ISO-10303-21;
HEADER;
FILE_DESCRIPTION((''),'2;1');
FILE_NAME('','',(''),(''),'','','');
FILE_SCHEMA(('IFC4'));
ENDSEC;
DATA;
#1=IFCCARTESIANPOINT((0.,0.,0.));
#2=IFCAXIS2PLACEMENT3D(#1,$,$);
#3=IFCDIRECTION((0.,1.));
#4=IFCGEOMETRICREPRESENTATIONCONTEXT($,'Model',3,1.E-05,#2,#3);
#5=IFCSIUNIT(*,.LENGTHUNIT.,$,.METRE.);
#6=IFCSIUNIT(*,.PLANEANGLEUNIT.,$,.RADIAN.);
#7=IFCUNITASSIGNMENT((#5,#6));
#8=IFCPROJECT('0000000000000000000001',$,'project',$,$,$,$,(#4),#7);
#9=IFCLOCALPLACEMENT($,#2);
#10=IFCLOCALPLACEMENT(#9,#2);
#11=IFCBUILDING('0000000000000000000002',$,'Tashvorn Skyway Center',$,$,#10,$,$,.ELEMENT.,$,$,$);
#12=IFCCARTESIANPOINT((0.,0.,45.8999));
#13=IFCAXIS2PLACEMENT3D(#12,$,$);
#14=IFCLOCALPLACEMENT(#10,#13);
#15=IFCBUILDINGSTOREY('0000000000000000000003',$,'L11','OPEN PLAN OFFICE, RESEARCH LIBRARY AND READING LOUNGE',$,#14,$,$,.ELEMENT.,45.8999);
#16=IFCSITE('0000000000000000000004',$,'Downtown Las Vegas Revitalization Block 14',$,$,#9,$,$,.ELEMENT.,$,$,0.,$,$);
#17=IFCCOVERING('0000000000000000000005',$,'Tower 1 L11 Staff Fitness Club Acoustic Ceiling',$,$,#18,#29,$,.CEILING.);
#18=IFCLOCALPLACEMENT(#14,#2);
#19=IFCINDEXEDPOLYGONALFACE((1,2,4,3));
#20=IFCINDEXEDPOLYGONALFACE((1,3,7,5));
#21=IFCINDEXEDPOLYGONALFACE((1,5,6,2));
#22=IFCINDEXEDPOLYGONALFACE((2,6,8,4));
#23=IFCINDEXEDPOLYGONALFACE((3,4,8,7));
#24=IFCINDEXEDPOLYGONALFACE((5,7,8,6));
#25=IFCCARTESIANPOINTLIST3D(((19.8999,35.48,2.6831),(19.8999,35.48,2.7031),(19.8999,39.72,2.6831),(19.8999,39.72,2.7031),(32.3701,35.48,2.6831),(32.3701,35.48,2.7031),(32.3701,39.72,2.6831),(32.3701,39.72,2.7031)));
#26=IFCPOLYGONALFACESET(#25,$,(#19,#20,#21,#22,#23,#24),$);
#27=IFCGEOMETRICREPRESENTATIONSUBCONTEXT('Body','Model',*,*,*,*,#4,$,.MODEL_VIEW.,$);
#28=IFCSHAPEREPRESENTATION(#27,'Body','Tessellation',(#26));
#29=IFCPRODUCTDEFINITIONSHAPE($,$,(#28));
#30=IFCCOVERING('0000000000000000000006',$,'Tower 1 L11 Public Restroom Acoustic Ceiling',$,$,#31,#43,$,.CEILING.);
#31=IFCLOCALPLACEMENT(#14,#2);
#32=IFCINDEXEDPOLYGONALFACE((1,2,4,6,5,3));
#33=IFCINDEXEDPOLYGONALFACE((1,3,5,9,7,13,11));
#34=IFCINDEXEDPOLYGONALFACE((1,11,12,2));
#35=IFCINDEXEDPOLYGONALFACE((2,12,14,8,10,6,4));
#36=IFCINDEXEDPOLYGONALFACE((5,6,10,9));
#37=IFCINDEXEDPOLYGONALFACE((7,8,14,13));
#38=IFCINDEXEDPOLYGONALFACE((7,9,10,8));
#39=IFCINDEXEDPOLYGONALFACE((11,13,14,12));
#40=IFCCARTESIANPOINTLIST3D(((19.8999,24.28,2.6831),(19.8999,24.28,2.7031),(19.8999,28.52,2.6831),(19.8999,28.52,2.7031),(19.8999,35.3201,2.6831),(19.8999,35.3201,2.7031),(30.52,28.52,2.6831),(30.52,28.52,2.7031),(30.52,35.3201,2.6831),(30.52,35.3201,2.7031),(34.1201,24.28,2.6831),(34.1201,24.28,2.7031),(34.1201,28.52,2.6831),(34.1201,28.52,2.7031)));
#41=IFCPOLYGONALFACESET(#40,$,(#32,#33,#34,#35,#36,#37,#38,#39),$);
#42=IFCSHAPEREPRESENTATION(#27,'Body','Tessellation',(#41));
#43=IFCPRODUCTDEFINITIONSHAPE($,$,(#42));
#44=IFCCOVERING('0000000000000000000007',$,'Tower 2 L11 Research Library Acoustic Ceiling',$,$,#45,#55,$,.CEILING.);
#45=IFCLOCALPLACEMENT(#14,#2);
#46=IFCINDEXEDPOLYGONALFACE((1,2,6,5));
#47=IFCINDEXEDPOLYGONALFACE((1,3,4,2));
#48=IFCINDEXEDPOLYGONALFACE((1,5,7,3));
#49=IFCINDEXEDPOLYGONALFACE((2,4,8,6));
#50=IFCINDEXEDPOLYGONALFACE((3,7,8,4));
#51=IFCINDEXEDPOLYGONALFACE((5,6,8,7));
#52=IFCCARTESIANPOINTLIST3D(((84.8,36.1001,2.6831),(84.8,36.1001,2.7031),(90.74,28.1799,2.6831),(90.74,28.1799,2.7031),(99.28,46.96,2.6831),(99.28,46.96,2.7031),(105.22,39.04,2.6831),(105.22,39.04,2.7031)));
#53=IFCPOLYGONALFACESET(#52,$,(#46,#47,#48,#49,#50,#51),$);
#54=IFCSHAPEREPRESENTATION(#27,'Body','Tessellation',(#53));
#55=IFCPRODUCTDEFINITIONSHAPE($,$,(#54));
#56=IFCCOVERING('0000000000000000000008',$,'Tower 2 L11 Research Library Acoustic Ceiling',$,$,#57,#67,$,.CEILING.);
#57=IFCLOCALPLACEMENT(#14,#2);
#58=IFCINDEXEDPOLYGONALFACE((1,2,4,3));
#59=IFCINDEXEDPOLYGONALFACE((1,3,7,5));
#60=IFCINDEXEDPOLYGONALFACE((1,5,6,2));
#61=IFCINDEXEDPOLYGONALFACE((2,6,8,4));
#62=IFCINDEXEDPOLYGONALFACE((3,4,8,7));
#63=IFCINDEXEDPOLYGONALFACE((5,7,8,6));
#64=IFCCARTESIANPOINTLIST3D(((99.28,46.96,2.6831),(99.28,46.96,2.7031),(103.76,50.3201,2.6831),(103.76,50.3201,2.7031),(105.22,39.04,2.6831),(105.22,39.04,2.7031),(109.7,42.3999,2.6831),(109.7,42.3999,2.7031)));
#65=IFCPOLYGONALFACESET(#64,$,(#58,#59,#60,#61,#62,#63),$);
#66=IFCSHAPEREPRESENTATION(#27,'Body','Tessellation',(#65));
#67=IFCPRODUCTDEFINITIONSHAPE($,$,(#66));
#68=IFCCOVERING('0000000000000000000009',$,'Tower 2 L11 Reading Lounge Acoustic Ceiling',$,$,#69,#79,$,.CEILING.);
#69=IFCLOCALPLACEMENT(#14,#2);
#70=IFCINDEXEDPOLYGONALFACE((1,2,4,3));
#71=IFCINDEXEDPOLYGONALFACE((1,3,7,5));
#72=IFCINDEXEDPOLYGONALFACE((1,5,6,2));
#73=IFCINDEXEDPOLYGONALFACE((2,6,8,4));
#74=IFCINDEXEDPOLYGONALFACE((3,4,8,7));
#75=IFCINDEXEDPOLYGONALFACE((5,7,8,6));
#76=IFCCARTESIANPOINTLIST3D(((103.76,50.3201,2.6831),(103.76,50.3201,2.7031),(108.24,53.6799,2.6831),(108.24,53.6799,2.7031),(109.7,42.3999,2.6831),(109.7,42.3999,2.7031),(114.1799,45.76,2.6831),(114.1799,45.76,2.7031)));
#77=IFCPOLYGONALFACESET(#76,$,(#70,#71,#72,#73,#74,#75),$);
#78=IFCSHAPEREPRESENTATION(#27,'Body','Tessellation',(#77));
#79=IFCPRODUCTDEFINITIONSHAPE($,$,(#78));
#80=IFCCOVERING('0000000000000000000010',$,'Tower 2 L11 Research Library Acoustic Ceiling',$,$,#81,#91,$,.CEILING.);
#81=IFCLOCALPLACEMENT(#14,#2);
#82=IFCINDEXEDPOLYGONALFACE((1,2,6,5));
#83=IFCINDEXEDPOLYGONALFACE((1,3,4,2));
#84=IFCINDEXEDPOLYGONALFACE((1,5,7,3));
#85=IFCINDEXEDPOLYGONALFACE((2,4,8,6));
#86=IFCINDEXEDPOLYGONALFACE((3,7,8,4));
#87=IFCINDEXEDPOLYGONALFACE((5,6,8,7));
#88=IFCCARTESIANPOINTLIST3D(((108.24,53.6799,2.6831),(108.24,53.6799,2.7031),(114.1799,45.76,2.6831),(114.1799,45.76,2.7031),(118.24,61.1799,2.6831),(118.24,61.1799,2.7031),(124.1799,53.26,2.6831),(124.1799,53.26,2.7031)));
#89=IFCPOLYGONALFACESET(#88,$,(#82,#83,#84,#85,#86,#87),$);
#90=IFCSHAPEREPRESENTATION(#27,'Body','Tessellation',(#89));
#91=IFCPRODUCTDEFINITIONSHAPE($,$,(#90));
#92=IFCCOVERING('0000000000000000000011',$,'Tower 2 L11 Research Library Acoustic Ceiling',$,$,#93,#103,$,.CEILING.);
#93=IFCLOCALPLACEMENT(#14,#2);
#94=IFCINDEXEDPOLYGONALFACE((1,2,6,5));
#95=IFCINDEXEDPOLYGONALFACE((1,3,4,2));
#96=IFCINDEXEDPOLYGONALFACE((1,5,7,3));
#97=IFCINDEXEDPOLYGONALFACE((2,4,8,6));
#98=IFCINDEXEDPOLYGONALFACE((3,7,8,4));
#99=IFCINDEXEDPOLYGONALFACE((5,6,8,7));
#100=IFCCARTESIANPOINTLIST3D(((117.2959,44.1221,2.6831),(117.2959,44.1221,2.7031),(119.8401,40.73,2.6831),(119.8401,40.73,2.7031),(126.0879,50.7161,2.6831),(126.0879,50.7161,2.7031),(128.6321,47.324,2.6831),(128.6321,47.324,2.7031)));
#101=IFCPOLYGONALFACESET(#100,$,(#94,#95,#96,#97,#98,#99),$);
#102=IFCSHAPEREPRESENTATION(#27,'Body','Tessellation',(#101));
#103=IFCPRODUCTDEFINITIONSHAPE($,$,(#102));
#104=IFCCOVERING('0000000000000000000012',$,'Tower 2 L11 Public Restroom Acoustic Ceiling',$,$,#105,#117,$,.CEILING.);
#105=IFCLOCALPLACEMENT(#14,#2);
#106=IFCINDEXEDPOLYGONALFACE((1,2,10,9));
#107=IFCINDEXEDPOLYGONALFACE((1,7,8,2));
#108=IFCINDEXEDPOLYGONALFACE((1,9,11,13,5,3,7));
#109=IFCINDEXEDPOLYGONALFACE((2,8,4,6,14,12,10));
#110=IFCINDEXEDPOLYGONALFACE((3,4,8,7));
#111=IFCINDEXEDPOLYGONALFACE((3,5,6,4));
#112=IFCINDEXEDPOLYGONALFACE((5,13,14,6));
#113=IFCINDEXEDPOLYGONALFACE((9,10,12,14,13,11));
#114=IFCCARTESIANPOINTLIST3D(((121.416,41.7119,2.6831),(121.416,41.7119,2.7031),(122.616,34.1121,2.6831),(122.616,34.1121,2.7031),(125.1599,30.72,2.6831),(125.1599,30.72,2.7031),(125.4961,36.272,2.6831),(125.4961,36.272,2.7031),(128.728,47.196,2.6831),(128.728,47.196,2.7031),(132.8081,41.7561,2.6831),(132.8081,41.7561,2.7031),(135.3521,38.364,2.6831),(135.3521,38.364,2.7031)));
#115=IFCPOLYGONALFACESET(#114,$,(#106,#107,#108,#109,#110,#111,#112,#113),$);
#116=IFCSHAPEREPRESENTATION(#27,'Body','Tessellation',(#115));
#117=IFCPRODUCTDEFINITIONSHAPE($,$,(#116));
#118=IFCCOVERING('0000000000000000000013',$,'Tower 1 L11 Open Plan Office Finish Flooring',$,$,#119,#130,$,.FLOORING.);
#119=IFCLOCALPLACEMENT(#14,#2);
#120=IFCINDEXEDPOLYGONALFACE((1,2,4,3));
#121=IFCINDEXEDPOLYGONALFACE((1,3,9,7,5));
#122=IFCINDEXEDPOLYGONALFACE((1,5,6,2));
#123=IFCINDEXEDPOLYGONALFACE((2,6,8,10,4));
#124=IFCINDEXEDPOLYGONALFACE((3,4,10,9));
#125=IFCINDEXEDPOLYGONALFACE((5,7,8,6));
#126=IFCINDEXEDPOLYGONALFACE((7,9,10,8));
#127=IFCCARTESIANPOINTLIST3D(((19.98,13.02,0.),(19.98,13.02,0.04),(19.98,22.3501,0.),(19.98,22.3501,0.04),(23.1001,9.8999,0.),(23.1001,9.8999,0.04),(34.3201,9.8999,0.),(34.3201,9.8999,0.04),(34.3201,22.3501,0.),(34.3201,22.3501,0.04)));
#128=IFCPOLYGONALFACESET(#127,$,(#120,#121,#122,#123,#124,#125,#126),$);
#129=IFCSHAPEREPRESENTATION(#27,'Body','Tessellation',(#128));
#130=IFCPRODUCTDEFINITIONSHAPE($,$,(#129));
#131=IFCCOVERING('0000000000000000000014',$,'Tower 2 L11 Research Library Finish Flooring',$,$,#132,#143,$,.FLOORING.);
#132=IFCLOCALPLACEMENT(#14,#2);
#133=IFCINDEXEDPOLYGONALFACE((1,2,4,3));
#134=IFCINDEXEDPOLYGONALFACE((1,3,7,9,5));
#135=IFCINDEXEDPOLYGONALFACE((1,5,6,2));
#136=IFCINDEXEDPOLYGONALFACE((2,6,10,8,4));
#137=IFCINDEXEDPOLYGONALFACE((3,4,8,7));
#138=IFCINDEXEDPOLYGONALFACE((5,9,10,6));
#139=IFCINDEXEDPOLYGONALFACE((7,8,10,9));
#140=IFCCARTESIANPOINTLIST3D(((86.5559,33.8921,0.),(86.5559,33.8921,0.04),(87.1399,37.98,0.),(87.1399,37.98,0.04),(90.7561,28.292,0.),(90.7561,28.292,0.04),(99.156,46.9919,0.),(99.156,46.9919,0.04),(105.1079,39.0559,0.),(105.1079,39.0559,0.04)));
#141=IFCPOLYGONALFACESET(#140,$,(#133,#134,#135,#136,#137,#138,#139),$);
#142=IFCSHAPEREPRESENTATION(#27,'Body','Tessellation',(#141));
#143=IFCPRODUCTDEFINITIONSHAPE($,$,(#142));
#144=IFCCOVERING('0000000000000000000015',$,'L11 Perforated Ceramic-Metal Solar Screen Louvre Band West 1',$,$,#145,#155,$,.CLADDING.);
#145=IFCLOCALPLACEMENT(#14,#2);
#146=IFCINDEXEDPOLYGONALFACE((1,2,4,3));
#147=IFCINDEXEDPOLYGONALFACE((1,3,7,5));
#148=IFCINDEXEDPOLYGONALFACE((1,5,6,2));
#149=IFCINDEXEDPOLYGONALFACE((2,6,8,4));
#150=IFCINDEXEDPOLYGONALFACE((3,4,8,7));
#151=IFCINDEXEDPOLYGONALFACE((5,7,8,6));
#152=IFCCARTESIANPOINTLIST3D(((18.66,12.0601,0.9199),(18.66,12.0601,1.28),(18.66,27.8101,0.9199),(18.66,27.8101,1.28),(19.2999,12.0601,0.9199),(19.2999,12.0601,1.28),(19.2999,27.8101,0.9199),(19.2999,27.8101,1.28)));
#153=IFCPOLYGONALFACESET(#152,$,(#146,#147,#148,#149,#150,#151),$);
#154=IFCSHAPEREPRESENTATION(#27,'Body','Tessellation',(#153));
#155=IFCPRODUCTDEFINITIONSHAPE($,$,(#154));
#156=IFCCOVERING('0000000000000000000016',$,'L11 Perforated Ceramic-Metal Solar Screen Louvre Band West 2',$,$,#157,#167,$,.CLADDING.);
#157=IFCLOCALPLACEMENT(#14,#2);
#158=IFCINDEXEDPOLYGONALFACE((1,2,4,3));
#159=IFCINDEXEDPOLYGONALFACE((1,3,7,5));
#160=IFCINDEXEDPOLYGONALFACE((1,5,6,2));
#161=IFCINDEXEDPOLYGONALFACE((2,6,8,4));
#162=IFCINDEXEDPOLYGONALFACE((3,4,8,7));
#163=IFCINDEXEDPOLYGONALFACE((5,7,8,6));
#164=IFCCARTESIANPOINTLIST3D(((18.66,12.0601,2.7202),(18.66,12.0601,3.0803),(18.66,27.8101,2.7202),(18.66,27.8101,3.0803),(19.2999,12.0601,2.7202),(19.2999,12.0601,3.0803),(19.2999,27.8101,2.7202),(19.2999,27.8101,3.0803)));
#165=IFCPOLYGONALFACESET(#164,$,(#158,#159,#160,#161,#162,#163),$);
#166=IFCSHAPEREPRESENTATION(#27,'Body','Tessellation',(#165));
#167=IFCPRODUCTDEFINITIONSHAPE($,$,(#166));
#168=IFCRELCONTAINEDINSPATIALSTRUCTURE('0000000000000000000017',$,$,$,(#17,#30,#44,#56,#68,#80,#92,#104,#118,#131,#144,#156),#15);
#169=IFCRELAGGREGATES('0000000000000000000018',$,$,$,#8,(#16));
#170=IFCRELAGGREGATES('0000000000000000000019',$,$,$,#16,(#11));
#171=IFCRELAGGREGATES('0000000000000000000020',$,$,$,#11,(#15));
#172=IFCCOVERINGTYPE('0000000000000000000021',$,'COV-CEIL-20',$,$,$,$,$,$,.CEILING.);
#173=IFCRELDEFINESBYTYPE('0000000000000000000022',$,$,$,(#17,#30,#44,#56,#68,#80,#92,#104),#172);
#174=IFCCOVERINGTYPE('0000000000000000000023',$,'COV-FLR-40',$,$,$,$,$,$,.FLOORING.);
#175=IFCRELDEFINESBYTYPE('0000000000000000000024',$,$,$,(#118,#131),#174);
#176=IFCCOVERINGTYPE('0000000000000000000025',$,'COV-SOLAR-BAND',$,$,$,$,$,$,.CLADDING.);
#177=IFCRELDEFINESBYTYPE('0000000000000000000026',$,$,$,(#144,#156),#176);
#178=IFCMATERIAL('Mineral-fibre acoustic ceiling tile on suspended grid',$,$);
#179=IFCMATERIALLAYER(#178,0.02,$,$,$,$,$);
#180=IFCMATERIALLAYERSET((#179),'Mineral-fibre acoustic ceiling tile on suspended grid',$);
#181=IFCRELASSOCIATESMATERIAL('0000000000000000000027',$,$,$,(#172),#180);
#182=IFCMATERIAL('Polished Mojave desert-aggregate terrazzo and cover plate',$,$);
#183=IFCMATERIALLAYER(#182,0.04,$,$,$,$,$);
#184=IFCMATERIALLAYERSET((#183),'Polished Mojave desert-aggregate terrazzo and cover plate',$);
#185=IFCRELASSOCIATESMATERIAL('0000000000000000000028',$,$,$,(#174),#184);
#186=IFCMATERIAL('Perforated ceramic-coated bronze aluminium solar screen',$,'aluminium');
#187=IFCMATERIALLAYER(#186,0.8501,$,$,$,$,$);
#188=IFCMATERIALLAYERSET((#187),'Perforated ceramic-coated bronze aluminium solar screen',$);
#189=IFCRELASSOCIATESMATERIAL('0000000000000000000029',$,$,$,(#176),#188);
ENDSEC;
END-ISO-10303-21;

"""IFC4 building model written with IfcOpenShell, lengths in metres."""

from ifc_helpers import new_model, si_unit, direction, frame, origin, origin_2d, place, context, subcontext, project, spatial, polyline, rectangle, outline, extrude, material, layer, layer_set, type_object, element, save


model = new_model("IFC4")

# Units and contexts
model_context = context("Model", 3, precision=1e-05, world=origin(), true_north=direction((0.0, 1.0)))
body_context = subcontext(model_context, "Body", "Model", "MODEL_VIEW")
ifc_project = project(units=[si_unit("LENGTHUNIT", "METRE"), si_unit("PLANEANGLEUNIT", "RADIAN")], contexts=[model_context])

# Site, building, storey
site_placement = place(None, origin())
site = spatial("IfcSite", under=ifc_project, at=site_placement, Name="Downtown Las Vegas Revitalization Block 14", CompositionType="ELEMENT", RefElevation=0.0)
building_placement = place(site_placement, origin())
building = spatial("IfcBuilding", under=site, at=building_placement, Name="Tashvorn Skyway Center", CompositionType="ELEMENT")
storey_placement = place(building_placement, frame((0.0, 0.0, 45.8999)))
storey = spatial("IfcBuildingStorey", under=building, at=storey_placement, Name="L11", Description="OPEN PLAN OFFICE, RESEARCH LIBRARY AND READING LOUNGE", CompositionType="ELEMENT", Elevation=45.8999)

# Coverings
ifc_material_1 = material(Name="Mineral-fibre acoustic ceiling tile on suspended grid")
ifc_layer_1 = layer(ifc_material_1, 0.02)
ifc_layer_set_1 = layer_set([ifc_layer_1], Name="Mineral-fibre acoustic ceiling tile on suspended grid")
covering_type_1 = type_object("IfcCoveringType", Name="COV-CEIL-20", PredefinedType="CEILING", material=ifc_layer_set_1)
covering_1_placement = place(storey_placement, frame((0.0, 0.0, 2.6831)))
element("IfcCovering", 1, at=covering_1_placement, inside=storey, type_object=covering_type_1, Name="Tower 1 L11 Staff Fitness Club Acoustic Ceiling", PredefinedType="CEILING", context=body_context, shape_type="SweptSolid", body=[
    extrude(outline(polyline([(32.3701, 39.72), (32.3701, 35.48), (19.8999, 35.48), (19.8999, 39.72), (32.3701, 39.72)])), origin(), (0.0, 0.0, 1.0), 0.02),
])
covering_2_placement = place(storey_placement, frame((0.0, 0.0, 2.6831)))
element("IfcCovering", 2, at=covering_2_placement, inside=storey, type_object=covering_type_1, Name="Tower 1 L11 Public Restroom Acoustic Ceiling", PredefinedType="CEILING", context=body_context, shape_type="SweptSolid", body=[
    extrude(outline(polyline([(34.1201, 24.28), (19.8999, 24.28), (19.8999, 28.52), (19.8999, 35.3201), (30.52, 35.3201), (30.52, 28.52), (34.1201, 28.52), (34.1201, 24.28)])), origin(), (0.0, 0.0, 1.0), 0.02),
])
covering_3_placement = place(storey_placement, frame((0.0, 0.0, 2.6831)))
element("IfcCovering", 3, at=covering_3_placement, inside=storey, type_object=covering_type_1, Name="Tower 2 L11 Research Library Acoustic Ceiling", PredefinedType="CEILING", context=body_context, shape_type="SweptSolid", body=[
    extrude(outline(polyline([(90.74, 28.1799), (105.22, 39.04), (99.28, 46.96), (84.8, 36.1001), (90.74, 28.1799)])), origin(), (0.0, 0.0, 1.0), 0.02),
])
covering_4_placement = place(storey_placement, frame((0.0, 0.0, 2.6831)))
element("IfcCovering", 4, at=covering_4_placement, inside=storey, type_object=covering_type_1, Name="Tower 2 L11 Research Library Acoustic Ceiling", PredefinedType="CEILING", context=body_context, shape_type="SweptSolid", body=[
    extrude(outline(polyline([(105.22, 39.04), (109.7, 42.3999), (103.76, 50.3201), (99.28, 46.96), (105.22, 39.04)])), origin(), (0.0, 0.0, 1.0), 0.02),
])
covering_5_placement = place(storey_placement, frame((0.0, 0.0, 2.6831)))
element("IfcCovering", 5, at=covering_5_placement, inside=storey, type_object=covering_type_1, Name="Tower 2 L11 Reading Lounge Acoustic Ceiling", PredefinedType="CEILING", context=body_context, shape_type="SweptSolid", body=[
    extrude(outline(polyline([(109.7, 42.3999), (114.1799, 45.76), (108.24, 53.6799), (103.76, 50.3201), (109.7, 42.3999)])), origin(), (0.0, 0.0, 1.0), 0.02),
])
covering_6_placement = place(storey_placement, frame((0.0, 0.0, 2.6831)))
element("IfcCovering", 6, at=covering_6_placement, inside=storey, type_object=covering_type_1, Name="Tower 2 L11 Research Library Acoustic Ceiling", PredefinedType="CEILING", context=body_context, shape_type="SweptSolid", body=[
    extrude(outline(polyline([(114.1799, 45.76), (124.1799, 53.26), (118.24, 61.1799), (108.24, 53.6799), (114.1799, 45.76)])), origin(), (0.0, 0.0, 1.0), 0.02),
])
covering_7_placement = place(storey_placement, frame((0.0, 0.0, 2.6831)))
element("IfcCovering", 7, at=covering_7_placement, inside=storey, type_object=covering_type_1, Name="Tower 2 L11 Research Library Acoustic Ceiling", PredefinedType="CEILING", context=body_context, shape_type="SweptSolid", body=[
    extrude(outline(polyline([(119.8401, 40.73), (117.2959, 44.1221), (126.0879, 50.7161), (128.6321, 47.324), (119.8401, 40.73)])), origin(), (0.0, 0.0, 1.0), 0.02),
])
covering_8_placement = place(storey_placement, frame((0.0, 0.0, 2.6831)))
element("IfcCovering", 8, at=covering_8_placement, inside=storey, type_object=covering_type_1, Name="Tower 2 L11 Public Restroom Acoustic Ceiling", PredefinedType="CEILING", context=body_context, shape_type="SweptSolid", body=[
    extrude(outline(polyline([(125.1599, 30.72), (122.616, 34.1121), (125.4961, 36.272), (121.416, 41.7119), (128.728, 47.196), (132.8081, 41.7561), (135.3521, 38.364), (125.1599, 30.72)])), origin(), (0.0, 0.0, 1.0), 0.02),
])
ifc_material_2 = material(Name="Polished Mojave desert-aggregate terrazzo and cover plate")
ifc_layer_2 = layer(ifc_material_2, 0.04)
ifc_layer_set_2 = layer_set([ifc_layer_2], Name="Polished Mojave desert-aggregate terrazzo and cover plate")
covering_type_2 = type_object("IfcCoveringType", Name="COV-FLR-40", PredefinedType="FLOORING", material=ifc_layer_set_2)
covering_9_placement = place(storey_placement, origin())
element("IfcCovering", 9, at=covering_9_placement, inside=storey, type_object=covering_type_2, Name="Tower 1 L11 Open Plan Office Finish Flooring", PredefinedType="FLOORING", context=body_context, shape_type="SweptSolid", body=[
    extrude(outline(polyline([(23.1001, 9.8999), (19.98, 13.02), (19.98, 22.3501), (34.3201, 22.3501), (34.3201, 9.8999), (23.1001, 9.8999)])), origin(), (0.0, 0.0, 1.0), 0.04),
])
covering_10_placement = place(storey_placement, origin())
element("IfcCovering", 10, at=covering_10_placement, inside=storey, type_object=covering_type_2, Name="Tower 2 L11 Research Library Finish Flooring", PredefinedType="FLOORING", context=body_context, shape_type="SweptSolid", body=[
    extrude(outline(polyline([(105.1079, 39.0559), (90.7561, 28.292), (86.5559, 33.8921), (87.1399, 37.98), (99.156, 46.9919), (105.1079, 39.0559)])), origin(), (0.0, 0.0, 1.0), 0.04),
])
ifc_material_3 = material(Name="Perforated ceramic-coated bronze aluminium solar screen", Category="aluminium")
ifc_layer_3 = layer(ifc_material_3, 0.8501)
ifc_layer_set_3 = layer_set([ifc_layer_3], Name="Perforated ceramic-coated bronze aluminium solar screen")
covering_type_3 = type_object("IfcCoveringType", Name="COV-SOLAR-BAND", PredefinedType="CLADDING", material=ifc_layer_set_3)
for number, where, z_axis, x_axis, name in (
    (11, (18.98, 19.9351, 0.9199), (0.0, 0.0, 1.0), (0.0, 1.0, 0.0), "L11 Perforated Ceramic-Metal Solar Screen Louvre Band West 1"),
    (12, (18.98, 19.9351, 2.7202), (0.0, 0.0, 1.0), (0.0, 1.0, 0.0), "L11 Perforated Ceramic-Metal Solar Screen Louvre Band West 2"),
):
    element("IfcCovering", number, at=place(storey_placement, frame(where, z_axis=z_axis, x_axis=x_axis)), inside=storey, type_object=covering_type_3, Name=name, PredefinedType="CLADDING", context=body_context, shape_type="SweptSolid", body=[
        extrude(rectangle(XDim=15.75, YDim=0.6399, at=origin_2d()), origin(), (0.0, 0.0, 1.0), 0.3601),
    ])

save(model, "model.ifc")
